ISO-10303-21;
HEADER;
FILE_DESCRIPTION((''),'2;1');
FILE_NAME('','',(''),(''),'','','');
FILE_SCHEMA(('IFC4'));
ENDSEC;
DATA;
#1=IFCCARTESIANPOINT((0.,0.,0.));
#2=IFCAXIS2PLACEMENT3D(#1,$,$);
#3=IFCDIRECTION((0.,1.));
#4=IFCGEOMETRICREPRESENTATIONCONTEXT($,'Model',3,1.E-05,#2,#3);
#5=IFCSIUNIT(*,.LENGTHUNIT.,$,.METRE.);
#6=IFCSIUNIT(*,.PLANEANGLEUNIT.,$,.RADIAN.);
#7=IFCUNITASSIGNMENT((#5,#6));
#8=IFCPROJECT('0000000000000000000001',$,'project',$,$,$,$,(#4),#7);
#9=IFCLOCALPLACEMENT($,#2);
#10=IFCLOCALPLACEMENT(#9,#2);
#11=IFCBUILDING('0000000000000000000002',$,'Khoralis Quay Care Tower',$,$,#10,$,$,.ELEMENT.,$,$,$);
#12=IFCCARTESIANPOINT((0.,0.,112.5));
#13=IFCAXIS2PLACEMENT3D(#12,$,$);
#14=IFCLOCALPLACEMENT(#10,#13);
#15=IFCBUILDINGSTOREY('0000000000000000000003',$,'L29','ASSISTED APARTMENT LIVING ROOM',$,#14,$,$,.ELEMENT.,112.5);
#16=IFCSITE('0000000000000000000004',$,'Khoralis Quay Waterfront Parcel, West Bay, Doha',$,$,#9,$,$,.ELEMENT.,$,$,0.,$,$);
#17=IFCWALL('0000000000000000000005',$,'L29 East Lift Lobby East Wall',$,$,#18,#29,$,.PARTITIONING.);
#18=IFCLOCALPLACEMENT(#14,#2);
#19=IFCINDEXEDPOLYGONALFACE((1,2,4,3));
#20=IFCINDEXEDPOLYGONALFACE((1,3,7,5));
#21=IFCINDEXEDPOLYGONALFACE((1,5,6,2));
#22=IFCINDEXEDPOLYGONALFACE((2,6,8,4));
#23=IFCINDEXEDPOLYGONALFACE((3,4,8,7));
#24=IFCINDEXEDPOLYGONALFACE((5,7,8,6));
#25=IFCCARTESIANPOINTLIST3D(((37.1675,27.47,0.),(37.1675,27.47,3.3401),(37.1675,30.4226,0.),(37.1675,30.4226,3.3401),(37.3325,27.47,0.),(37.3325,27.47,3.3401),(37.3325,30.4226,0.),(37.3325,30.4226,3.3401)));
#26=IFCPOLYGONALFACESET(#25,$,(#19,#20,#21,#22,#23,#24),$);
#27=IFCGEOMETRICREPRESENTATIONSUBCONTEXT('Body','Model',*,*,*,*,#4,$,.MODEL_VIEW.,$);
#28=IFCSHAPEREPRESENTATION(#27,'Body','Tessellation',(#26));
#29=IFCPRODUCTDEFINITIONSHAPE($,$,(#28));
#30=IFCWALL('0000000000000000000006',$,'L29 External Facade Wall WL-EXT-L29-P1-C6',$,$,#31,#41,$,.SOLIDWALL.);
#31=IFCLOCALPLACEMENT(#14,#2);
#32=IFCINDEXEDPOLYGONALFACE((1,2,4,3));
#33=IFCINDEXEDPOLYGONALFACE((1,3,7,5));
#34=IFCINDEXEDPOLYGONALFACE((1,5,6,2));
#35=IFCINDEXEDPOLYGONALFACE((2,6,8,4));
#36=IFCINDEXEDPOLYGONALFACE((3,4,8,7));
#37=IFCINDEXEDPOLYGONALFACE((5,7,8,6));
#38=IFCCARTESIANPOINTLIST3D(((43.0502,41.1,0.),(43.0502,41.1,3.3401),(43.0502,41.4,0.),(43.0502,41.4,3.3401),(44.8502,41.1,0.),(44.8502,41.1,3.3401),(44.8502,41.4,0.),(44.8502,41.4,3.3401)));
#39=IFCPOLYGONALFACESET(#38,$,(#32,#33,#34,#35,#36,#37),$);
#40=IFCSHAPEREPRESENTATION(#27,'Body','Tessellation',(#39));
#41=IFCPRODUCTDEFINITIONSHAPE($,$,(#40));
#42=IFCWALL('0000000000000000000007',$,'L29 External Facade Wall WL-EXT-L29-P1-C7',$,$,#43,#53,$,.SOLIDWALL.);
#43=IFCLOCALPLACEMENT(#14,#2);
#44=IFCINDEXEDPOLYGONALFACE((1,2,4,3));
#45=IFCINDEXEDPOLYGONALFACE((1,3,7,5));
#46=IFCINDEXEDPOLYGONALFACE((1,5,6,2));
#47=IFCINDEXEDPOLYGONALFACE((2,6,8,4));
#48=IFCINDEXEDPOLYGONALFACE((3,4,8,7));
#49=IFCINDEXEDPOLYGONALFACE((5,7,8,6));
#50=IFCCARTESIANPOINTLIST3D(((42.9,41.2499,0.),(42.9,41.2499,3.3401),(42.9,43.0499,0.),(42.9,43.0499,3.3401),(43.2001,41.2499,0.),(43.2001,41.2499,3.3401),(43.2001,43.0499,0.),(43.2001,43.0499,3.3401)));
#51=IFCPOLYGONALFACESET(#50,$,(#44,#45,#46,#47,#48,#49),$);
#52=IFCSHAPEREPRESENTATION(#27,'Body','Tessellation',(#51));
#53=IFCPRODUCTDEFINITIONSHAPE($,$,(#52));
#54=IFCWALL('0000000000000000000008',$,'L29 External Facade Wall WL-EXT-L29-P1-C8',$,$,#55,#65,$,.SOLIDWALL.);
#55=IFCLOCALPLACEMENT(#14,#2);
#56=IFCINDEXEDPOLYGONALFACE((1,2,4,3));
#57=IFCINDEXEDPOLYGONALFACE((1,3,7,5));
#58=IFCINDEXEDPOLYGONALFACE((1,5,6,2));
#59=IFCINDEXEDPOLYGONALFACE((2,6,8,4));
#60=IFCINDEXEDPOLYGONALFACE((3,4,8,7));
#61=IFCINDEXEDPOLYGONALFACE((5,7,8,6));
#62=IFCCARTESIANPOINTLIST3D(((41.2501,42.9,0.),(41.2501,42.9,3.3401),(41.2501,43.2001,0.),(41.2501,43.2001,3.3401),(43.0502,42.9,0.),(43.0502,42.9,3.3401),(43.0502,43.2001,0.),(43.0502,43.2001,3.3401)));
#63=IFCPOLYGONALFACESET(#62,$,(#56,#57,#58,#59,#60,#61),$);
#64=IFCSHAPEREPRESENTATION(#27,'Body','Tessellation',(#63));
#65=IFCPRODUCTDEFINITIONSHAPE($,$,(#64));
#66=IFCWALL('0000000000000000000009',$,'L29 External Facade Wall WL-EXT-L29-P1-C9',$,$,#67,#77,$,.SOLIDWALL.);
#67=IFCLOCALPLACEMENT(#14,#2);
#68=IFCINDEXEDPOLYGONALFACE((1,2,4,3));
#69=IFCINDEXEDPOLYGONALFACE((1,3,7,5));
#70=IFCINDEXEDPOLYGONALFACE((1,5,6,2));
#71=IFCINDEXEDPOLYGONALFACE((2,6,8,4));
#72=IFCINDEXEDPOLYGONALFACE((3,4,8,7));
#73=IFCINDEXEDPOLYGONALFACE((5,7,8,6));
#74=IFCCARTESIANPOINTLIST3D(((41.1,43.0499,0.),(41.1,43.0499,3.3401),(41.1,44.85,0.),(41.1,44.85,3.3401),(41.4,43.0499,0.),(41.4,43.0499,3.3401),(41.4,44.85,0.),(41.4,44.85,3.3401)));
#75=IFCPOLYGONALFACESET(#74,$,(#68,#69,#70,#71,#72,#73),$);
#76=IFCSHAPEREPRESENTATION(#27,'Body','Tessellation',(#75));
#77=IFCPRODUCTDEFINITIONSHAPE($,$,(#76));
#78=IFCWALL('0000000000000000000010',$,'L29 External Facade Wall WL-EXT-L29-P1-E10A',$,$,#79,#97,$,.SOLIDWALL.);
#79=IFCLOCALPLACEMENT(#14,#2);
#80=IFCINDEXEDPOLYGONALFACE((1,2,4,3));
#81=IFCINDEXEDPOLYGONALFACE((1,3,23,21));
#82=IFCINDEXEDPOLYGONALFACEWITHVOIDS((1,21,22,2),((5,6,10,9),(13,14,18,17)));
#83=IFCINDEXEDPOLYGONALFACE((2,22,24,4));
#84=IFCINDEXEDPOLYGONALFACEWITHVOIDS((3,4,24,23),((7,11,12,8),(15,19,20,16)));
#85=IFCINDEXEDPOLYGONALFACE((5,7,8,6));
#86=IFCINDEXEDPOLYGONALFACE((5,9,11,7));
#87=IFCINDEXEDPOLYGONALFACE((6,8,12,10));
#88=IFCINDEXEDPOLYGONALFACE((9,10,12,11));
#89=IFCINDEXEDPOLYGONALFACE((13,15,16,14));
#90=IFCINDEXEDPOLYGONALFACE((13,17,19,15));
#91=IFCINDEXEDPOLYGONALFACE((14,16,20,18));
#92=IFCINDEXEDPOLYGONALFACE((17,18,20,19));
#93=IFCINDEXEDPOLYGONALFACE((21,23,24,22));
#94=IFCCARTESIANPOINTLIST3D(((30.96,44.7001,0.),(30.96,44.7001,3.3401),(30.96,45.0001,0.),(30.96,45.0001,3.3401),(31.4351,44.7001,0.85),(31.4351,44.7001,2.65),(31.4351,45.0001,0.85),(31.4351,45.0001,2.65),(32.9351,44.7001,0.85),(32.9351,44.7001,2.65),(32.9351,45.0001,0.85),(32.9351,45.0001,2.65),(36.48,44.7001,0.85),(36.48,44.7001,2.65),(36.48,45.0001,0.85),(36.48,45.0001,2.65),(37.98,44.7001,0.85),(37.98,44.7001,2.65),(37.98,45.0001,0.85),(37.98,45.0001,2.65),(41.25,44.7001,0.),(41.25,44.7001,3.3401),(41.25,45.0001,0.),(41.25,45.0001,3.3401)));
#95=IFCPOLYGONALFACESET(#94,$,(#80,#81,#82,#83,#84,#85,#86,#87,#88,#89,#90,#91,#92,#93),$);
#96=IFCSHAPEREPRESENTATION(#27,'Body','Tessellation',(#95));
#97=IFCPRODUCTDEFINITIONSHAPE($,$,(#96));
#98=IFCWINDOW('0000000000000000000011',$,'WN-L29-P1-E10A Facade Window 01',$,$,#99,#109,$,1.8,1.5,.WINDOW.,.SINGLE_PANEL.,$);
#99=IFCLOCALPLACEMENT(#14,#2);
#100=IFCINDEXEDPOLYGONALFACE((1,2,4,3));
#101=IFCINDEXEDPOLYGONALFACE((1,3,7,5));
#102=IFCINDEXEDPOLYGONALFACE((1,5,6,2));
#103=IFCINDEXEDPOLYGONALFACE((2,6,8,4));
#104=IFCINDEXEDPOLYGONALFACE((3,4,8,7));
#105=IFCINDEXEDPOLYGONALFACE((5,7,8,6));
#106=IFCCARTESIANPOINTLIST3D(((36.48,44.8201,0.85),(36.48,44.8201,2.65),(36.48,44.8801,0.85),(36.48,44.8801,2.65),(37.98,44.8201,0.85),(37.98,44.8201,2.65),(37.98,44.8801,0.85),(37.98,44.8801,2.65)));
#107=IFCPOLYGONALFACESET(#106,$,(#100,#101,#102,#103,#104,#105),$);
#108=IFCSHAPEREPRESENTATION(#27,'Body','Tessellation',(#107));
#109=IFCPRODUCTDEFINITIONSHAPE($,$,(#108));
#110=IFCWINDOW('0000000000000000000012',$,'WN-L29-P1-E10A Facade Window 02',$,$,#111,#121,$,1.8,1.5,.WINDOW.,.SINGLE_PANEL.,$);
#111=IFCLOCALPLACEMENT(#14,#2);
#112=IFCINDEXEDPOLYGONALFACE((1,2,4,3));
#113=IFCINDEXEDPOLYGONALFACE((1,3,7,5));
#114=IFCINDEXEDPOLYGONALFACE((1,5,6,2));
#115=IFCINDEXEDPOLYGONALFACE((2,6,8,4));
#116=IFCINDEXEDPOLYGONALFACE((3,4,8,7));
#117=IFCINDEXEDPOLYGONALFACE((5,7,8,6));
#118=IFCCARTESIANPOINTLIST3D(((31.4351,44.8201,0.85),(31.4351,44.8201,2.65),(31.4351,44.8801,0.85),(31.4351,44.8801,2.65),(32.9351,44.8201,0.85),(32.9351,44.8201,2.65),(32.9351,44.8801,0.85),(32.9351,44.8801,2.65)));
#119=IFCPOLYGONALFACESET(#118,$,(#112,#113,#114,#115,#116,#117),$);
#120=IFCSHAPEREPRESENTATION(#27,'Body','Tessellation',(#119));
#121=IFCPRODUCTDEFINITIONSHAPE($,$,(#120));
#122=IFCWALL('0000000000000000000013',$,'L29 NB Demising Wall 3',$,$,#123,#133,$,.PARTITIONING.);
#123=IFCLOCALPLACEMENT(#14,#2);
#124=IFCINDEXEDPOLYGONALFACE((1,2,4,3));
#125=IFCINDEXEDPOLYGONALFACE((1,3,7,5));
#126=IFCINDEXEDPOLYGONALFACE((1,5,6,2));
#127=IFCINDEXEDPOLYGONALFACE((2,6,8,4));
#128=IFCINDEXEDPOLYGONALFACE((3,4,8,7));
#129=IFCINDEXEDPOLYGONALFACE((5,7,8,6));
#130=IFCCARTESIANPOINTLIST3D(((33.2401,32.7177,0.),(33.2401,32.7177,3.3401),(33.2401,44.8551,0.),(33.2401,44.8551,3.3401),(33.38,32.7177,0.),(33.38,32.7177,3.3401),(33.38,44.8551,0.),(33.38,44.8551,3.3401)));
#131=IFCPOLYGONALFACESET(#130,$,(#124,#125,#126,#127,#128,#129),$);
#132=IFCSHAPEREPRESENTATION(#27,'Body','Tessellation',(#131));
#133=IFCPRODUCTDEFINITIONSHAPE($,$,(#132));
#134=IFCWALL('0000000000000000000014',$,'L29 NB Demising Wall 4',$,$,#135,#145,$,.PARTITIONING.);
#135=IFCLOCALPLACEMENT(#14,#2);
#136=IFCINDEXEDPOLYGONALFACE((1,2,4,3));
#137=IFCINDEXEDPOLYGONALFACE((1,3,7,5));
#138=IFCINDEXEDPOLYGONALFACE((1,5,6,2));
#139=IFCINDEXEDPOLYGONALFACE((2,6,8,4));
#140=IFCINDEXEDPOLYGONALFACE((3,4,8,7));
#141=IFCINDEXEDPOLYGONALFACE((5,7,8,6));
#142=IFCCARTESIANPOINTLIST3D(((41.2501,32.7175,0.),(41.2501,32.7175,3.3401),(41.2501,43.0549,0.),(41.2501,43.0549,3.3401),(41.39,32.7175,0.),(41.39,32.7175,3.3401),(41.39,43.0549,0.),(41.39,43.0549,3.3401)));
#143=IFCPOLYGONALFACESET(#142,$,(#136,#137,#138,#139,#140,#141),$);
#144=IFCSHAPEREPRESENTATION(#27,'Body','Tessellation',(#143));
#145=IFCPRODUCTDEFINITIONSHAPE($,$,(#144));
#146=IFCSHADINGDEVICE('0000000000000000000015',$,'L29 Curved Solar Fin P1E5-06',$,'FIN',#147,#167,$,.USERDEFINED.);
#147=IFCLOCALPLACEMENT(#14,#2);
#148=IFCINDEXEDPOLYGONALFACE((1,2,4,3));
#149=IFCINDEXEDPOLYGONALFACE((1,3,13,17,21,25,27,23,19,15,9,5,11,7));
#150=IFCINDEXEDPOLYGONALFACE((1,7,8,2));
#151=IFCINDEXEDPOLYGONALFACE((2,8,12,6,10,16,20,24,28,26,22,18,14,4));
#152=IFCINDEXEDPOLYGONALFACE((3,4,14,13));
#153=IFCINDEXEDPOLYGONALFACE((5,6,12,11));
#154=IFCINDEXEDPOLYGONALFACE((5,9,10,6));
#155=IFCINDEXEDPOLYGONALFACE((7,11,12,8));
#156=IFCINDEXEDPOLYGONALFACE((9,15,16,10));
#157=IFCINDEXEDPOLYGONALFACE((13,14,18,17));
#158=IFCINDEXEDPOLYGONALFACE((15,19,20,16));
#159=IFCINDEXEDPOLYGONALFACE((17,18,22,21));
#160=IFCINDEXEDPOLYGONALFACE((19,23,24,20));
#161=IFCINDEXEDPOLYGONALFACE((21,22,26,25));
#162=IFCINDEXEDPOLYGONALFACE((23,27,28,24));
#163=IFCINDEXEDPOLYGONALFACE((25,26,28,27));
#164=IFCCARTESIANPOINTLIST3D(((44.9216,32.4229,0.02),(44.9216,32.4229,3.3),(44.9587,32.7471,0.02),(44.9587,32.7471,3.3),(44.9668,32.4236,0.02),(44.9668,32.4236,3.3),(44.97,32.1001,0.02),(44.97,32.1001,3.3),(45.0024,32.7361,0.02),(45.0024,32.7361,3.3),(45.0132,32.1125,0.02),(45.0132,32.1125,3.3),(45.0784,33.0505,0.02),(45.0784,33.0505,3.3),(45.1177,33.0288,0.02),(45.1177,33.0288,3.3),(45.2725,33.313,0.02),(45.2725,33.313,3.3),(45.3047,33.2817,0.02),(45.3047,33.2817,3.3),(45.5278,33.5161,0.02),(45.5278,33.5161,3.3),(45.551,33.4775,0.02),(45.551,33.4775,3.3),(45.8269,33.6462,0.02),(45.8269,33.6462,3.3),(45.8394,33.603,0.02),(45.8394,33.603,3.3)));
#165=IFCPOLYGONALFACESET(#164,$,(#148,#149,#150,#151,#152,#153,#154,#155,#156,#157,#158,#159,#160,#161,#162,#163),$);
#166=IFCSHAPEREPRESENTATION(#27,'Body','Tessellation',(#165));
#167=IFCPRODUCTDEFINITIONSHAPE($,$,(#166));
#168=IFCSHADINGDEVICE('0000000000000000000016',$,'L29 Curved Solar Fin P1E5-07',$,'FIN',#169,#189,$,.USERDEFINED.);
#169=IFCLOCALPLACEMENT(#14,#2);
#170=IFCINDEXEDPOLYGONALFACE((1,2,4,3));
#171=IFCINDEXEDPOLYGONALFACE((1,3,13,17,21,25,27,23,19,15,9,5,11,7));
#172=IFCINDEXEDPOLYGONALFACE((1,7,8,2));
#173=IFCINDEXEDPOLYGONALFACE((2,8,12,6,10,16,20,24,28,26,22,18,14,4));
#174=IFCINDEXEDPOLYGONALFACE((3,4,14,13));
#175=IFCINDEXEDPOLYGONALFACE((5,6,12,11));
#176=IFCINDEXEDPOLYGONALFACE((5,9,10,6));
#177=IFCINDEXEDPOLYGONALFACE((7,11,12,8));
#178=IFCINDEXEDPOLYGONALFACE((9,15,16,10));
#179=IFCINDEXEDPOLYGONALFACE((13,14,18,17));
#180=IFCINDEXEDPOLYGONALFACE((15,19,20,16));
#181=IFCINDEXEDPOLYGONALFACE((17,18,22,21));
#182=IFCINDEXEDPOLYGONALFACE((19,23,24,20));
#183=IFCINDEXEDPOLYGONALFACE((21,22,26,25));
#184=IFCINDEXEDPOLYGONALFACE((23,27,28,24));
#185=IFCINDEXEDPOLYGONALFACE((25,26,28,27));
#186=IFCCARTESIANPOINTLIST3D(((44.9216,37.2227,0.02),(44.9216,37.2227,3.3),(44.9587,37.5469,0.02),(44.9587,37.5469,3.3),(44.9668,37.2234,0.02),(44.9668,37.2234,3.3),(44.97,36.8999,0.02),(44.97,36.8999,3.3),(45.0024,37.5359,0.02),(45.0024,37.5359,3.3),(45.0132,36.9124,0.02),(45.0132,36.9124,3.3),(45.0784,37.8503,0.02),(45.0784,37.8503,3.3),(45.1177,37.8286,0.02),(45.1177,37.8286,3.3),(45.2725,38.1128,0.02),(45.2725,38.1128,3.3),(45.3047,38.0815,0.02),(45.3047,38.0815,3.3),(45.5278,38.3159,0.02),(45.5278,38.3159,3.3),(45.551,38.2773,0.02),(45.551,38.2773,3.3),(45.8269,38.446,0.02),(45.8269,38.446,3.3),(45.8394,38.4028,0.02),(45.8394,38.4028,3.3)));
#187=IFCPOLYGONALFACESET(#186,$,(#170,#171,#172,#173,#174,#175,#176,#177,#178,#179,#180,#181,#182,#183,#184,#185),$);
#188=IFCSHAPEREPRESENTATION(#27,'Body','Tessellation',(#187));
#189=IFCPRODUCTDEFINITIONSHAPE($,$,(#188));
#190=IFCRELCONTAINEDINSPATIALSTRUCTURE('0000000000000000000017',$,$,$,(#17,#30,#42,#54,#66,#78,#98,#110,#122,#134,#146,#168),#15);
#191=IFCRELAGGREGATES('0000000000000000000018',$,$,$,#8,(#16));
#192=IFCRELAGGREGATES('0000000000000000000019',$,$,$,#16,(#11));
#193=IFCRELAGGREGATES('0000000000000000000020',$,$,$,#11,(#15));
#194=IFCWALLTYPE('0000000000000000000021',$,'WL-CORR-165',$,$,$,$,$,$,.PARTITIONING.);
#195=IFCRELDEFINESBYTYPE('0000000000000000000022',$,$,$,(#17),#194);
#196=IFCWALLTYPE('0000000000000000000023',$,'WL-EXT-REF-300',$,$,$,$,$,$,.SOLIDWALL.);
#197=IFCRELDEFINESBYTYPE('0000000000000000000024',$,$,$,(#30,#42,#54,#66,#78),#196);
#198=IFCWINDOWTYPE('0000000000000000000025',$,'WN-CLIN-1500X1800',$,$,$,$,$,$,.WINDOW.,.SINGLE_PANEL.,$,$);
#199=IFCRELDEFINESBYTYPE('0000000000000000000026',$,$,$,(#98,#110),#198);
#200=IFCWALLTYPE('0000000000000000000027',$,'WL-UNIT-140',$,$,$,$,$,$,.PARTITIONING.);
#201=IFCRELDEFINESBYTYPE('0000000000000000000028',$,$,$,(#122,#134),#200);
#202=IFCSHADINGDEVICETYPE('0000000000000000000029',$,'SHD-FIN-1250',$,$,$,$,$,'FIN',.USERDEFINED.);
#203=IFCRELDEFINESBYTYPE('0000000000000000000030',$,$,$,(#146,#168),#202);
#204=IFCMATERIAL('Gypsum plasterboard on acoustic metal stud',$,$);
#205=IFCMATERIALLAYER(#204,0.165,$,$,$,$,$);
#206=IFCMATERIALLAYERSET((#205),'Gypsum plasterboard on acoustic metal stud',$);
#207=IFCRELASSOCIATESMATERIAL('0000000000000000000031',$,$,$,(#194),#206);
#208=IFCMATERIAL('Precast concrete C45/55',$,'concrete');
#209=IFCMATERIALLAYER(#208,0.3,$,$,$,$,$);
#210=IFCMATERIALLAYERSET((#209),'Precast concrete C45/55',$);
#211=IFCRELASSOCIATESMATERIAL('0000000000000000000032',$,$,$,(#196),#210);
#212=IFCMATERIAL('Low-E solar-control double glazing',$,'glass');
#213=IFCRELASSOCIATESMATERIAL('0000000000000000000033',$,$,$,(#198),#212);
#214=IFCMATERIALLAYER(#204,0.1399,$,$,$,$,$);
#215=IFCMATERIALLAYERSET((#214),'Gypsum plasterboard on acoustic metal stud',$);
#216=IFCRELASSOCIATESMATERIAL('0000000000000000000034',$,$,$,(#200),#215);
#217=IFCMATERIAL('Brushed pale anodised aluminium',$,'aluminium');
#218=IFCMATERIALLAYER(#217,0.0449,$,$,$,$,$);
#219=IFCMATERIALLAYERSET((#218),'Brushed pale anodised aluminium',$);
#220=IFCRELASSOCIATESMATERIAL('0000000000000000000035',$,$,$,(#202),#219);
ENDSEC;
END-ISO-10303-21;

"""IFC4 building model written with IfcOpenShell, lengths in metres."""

from ifc_helpers import new_model, si_unit, direction, frame, frame_2d, origin, place, context, subcontext, project, spatial, polyline, rectangle, outline, extrude, source, transform, mapped, material, layer, layer_set, type_object, element, fill, save


model = new_model("IFC4")

# Units and contexts
model_context = context("Model", 3, precision=1e-05, world=origin(), true_north=direction((0.0, 1.0)))
body_context = subcontext(model_context, "Body", "Model", "MODEL_VIEW")
ifc_project = project(units=[si_unit("LENGTHUNIT", "METRE"), si_unit("PLANEANGLEUNIT", "RADIAN")], contexts=[model_context])

# Site, building, storey
site_placement = place(None, origin())
site = spatial("IfcSite", under=ifc_project, at=site_placement, Name="Khoralis Quay Waterfront Parcel, West Bay, Doha", CompositionType="ELEMENT", RefElevation=0.0)
building_placement = place(site_placement, origin())
building = spatial("IfcBuilding", under=site, at=building_placement, Name="Khoralis Quay Care Tower", CompositionType="ELEMENT")
storey_placement = place(building_placement, frame((0.0, 0.0, 112.5)))
storey = spatial("IfcBuildingStorey", under=building, at=storey_placement, Name="L29", Description="ASSISTED APARTMENT LIVING ROOM", CompositionType="ELEMENT", Elevation=112.5)

# Shared definitions
ifc_material_1 = material(Name="Gypsum plasterboard on acoustic metal stud")
ifc_layer_1 = layer(ifc_material_1, 0.165)
ifc_layer_set_1 = layer_set([ifc_layer_1], Name="Gypsum plasterboard on acoustic metal stud")
wall_type_1 = type_object("IfcWallType", Name="WL-CORR-165", PredefinedType="PARTITIONING", material=ifc_layer_set_1)

# Walls
wall_1_placement = place(storey_placement, frame((37.25, 27.47, 0.0), z_axis=(0.0, 0.0, 1.0), x_axis=(0.0, 1.0, 0.0)))
element("IfcWall", 1, at=wall_1_placement, inside=storey, type_object=wall_type_1, Name="L29 East Lift Lobby East Wall", PredefinedType="PARTITIONING", context=body_context, shape_type="SweptSolid", body=[
    extrude(rectangle(XDim=2.9526, YDim=0.165, at=frame_2d((1.4763, 0.0))), origin(), (0.0, 0.0, 1.0), 3.3401),
])
ifc_material_2 = material(Name="Precast concrete C45/55", Category="concrete")
ifc_layer_2 = layer(ifc_material_2, 0.3)
ifc_layer_set_2 = layer_set([ifc_layer_2], Name="Precast concrete C45/55")
wall_type_2 = type_object("IfcWallType", Name="WL-EXT-REF-300", PredefinedType="SOLIDWALL", material=ifc_layer_set_2)
for number, where, z_axis, x_axis, name in (
    (2, (44.8501, 41.25, 0.0), (0.0, 0.0, 1.0), (-1.0, 0.0, 0.0), "L29 External Facade Wall WL-EXT-L29-P1-C6"),
    (3, (43.05, 41.25, 0.0), (0.0, 0.0, 1.0), (0.0, 1.0, 0.0), "L29 External Facade Wall WL-EXT-L29-P1-C7"),
    (4, (43.05, 43.05, 0.0), (0.0, 0.0, 1.0), (-1.0, 0.0, 0.0), "L29 External Facade Wall WL-EXT-L29-P1-C8"),
    (5, (41.25, 43.05, 0.0), (0.0, 0.0, 1.0), (0.0, 1.0, 0.0), "L29 External Facade Wall WL-EXT-L29-P1-C9"),
):
    element("IfcWall", number, at=place(storey_placement, frame(where, z_axis=z_axis, x_axis=x_axis)), inside=storey, type_object=wall_type_2, Name=name, PredefinedType="SOLIDWALL", context=body_context, shape_type="SweptSolid", body=[
        extrude(rectangle(XDim=1.8, YDim=0.3, at=frame_2d((0.8999, 0.0))), origin(), (0.0, 0.0, 1.0), 3.3401),
    ])

# Wall, openings, windows
wall_2_placement = place(storey_placement, frame((41.25, 44.8501, 0.0), z_axis=(0.0, 0.0, 1.0), x_axis=(-1.0, 0.0, 0.0)))
wall_2 = element("IfcWall", 6, at=wall_2_placement, inside=storey, type_object=wall_type_2, Name="L29 External Facade Wall WL-EXT-L29-P1-E10A", PredefinedType="SOLIDWALL", context=body_context, shape_type="SweptSolid", body=[
    extrude(rectangle(XDim=10.29, YDim=0.3, at=frame_2d((5.145, 0.0))), origin(), (0.0, 0.0, 1.0), 3.3401),
])
opening_1_placement = place(wall_2_placement, frame((3.27, 0.0, 0.8501)))
opening_1 = element("IfcOpeningElement", 7, at=opening_1_placement, cuts=wall_2, PredefinedType="OPENING", context=body_context, shape_type="SweptSolid", body=[
    extrude(rectangle(XDim=1.5, YDim=1.8, at=frame_2d((0.75, 0.8999))), frame((0.0, 0.1602, 0.0), z_axis=(0.0, -1.0, 0.0), x_axis=(1.0, 0.0, 0.0)), (0.0, 0.0, 1.0), 0.3201),
])
opening_2_placement = place(wall_2_placement, frame((8.3149, 0.0, 0.8501)))
opening_2 = element("IfcOpeningElement", 8, at=opening_2_placement, cuts=wall_2, PredefinedType="OPENING", context=body_context, shape_type="SweptSolid", body=[
    extrude(rectangle(XDim=1.5, YDim=1.8, at=frame_2d((0.75, 0.8999))), frame((0.0, 0.1602, 0.0), z_axis=(0.0, -1.0, 0.0), x_axis=(1.0, 0.0, 0.0)), (0.0, 0.0, 1.0), 0.3201),
])
ifc_material_3 = material(Name="Low-E solar-control double glazing", Category="glass")
window_type = type_object("IfcWindowType", Name="WN-CLIN-1500X1800", PartitioningType="SINGLE_PANEL", PredefinedType="WINDOW", material=ifc_material_3)
shared_shape_1 = source(origin(), body_context, "Body", "SweptSolid", [
    extrude(rectangle(XDim=1.5, YDim=1.8, at=frame_2d((0.75, 0.8999))), frame((0.0, 0.03, 0.0), z_axis=(0.0, -1.0, 0.0), x_axis=(1.0, 0.0, 0.0)), (0.0, 0.0, 1.0), 0.0601),
])
window_1_placement = place(opening_1_placement, origin())
window_1 = element("IfcWindow", 9, at=window_1_placement, inside=storey, type_object=window_type, Name="WN-L29-P1-E10A Facade Window 01", OverallHeight=1.8, OverallWidth=1.5, PartitioningType="SINGLE_PANEL", PredefinedType="WINDOW", context=body_context, shape_type="MappedRepresentation", body=[
    mapped(shared_shape_1, transform((0.0, 0.0, 0.0), scale=1.0)),
])
fill(opening_1, window_1)
window_2_placement = place(opening_2_placement, origin())
window_2 = element("IfcWindow", 10, at=window_2_placement, inside=storey, type_object=window_type, Name="WN-L29-P1-E10A Facade Window 02", OverallHeight=1.8, OverallWidth=1.5, PartitioningType="SINGLE_PANEL", PredefinedType="WINDOW", context=body_context, shape_type="MappedRepresentation", body=[
    mapped(shared_shape_1, transform((0.0, 0.0, 0.0), scale=1.0)),
])
fill(opening_2, window_2)

# Walls
ifc_layer_3 = layer(ifc_material_1, 0.1399)
ifc_layer_set_3 = layer_set([ifc_layer_3], Name="Gypsum plasterboard on acoustic metal stud")
wall_type_3 = type_object("IfcWallType", Name="WL-UNIT-140", PredefinedType="PARTITIONING", material=ifc_layer_set_3)
wall_3_placement = place(storey_placement, frame((33.3101, 32.7175, 0.0), z_axis=(0.0, 0.0, 1.0), x_axis=(0.0, 1.0, 0.0)))
element("IfcWall", 11, at=wall_3_placement, inside=storey, type_object=wall_type_3, Name="L29 NB Demising Wall 3", PredefinedType="PARTITIONING", context=body_context, shape_type="SweptSolid", body=[
    extrude(rectangle(XDim=12.1375, YDim=0.1399, at=frame_2d((6.0688, 0.0))), origin(), (0.0, 0.0, 1.0), 3.3401),
])
wall_4_placement = place(storey_placement, frame((41.3201, 32.7175, 0.0), z_axis=(0.0, 0.0, 1.0), x_axis=(0.0, 1.0, 0.0)))
element("IfcWall", 12, at=wall_4_placement, inside=storey, type_object=wall_type_3, Name="L29 NB Demising Wall 4", PredefinedType="PARTITIONING", context=body_context, shape_type="SweptSolid", body=[
    extrude(rectangle(XDim=10.3374, YDim=0.1399, at=frame_2d((5.1687, 0.0))), origin(), (0.0, 0.0, 1.0), 3.3401),
])

# Shading devices
ifc_material_4 = material(Name="Brushed pale anodised aluminium", Category="aluminium")
ifc_layer_4 = layer(ifc_material_4, 0.0449)
ifc_layer_set_4 = layer_set([ifc_layer_4], Name="Brushed pale anodised aluminium")
shading_device_type = type_object("IfcShadingDeviceType", Name="SHD-FIN-1250", ElementType="FIN", PredefinedType="USERDEFINED", material=ifc_layer_set_4)
shared_shape_2 = source(origin(), body_context, "Body", "SweptSolid", [
    extrude(outline(polyline([(0.0, 0.0), (-0.0483, 0.3228), (-0.0112, 0.647), (0.1084, 0.9504), (0.3025, 1.2129), (0.5579, 1.416), (0.8569, 1.5461), (0.8694, 1.5029), (0.5811, 1.3774), (0.3347, 1.1816), (0.1477, 0.9287), (0.0325, 0.636), (-0.0032, 0.3235), (0.0432, 0.0125), (0.0, 0.0)])), origin(), (0.0, 0.0, 1.0), 3.28),
])
for number, where, z_axis, x_axis, name in (
    (13, (44.97, 32.1001, 0.02), (0.0, 0.0, 1.0), (1.0, 0.0, 0.0), "L29 Curved Solar Fin P1E5-06"),
    (14, (44.97, 36.8999, 0.02), (0.0, 0.0, 1.0), (1.0, 0.0, 0.0), "L29 Curved Solar Fin P1E5-07"),
):
    element("IfcShadingDevice", number, at=place(storey_placement, frame(where, z_axis=z_axis, x_axis=x_axis)), inside=storey, type_object=shading_device_type, Name=name, ObjectType="FIN", PredefinedType="USERDEFINED", context=body_context, shape_type="MappedRepresentation", body=[
        mapped(shared_shape_2, transform((0.0, 0.0, 0.0), scale=1.0)),
    ])

save(model, "model.ifc")
